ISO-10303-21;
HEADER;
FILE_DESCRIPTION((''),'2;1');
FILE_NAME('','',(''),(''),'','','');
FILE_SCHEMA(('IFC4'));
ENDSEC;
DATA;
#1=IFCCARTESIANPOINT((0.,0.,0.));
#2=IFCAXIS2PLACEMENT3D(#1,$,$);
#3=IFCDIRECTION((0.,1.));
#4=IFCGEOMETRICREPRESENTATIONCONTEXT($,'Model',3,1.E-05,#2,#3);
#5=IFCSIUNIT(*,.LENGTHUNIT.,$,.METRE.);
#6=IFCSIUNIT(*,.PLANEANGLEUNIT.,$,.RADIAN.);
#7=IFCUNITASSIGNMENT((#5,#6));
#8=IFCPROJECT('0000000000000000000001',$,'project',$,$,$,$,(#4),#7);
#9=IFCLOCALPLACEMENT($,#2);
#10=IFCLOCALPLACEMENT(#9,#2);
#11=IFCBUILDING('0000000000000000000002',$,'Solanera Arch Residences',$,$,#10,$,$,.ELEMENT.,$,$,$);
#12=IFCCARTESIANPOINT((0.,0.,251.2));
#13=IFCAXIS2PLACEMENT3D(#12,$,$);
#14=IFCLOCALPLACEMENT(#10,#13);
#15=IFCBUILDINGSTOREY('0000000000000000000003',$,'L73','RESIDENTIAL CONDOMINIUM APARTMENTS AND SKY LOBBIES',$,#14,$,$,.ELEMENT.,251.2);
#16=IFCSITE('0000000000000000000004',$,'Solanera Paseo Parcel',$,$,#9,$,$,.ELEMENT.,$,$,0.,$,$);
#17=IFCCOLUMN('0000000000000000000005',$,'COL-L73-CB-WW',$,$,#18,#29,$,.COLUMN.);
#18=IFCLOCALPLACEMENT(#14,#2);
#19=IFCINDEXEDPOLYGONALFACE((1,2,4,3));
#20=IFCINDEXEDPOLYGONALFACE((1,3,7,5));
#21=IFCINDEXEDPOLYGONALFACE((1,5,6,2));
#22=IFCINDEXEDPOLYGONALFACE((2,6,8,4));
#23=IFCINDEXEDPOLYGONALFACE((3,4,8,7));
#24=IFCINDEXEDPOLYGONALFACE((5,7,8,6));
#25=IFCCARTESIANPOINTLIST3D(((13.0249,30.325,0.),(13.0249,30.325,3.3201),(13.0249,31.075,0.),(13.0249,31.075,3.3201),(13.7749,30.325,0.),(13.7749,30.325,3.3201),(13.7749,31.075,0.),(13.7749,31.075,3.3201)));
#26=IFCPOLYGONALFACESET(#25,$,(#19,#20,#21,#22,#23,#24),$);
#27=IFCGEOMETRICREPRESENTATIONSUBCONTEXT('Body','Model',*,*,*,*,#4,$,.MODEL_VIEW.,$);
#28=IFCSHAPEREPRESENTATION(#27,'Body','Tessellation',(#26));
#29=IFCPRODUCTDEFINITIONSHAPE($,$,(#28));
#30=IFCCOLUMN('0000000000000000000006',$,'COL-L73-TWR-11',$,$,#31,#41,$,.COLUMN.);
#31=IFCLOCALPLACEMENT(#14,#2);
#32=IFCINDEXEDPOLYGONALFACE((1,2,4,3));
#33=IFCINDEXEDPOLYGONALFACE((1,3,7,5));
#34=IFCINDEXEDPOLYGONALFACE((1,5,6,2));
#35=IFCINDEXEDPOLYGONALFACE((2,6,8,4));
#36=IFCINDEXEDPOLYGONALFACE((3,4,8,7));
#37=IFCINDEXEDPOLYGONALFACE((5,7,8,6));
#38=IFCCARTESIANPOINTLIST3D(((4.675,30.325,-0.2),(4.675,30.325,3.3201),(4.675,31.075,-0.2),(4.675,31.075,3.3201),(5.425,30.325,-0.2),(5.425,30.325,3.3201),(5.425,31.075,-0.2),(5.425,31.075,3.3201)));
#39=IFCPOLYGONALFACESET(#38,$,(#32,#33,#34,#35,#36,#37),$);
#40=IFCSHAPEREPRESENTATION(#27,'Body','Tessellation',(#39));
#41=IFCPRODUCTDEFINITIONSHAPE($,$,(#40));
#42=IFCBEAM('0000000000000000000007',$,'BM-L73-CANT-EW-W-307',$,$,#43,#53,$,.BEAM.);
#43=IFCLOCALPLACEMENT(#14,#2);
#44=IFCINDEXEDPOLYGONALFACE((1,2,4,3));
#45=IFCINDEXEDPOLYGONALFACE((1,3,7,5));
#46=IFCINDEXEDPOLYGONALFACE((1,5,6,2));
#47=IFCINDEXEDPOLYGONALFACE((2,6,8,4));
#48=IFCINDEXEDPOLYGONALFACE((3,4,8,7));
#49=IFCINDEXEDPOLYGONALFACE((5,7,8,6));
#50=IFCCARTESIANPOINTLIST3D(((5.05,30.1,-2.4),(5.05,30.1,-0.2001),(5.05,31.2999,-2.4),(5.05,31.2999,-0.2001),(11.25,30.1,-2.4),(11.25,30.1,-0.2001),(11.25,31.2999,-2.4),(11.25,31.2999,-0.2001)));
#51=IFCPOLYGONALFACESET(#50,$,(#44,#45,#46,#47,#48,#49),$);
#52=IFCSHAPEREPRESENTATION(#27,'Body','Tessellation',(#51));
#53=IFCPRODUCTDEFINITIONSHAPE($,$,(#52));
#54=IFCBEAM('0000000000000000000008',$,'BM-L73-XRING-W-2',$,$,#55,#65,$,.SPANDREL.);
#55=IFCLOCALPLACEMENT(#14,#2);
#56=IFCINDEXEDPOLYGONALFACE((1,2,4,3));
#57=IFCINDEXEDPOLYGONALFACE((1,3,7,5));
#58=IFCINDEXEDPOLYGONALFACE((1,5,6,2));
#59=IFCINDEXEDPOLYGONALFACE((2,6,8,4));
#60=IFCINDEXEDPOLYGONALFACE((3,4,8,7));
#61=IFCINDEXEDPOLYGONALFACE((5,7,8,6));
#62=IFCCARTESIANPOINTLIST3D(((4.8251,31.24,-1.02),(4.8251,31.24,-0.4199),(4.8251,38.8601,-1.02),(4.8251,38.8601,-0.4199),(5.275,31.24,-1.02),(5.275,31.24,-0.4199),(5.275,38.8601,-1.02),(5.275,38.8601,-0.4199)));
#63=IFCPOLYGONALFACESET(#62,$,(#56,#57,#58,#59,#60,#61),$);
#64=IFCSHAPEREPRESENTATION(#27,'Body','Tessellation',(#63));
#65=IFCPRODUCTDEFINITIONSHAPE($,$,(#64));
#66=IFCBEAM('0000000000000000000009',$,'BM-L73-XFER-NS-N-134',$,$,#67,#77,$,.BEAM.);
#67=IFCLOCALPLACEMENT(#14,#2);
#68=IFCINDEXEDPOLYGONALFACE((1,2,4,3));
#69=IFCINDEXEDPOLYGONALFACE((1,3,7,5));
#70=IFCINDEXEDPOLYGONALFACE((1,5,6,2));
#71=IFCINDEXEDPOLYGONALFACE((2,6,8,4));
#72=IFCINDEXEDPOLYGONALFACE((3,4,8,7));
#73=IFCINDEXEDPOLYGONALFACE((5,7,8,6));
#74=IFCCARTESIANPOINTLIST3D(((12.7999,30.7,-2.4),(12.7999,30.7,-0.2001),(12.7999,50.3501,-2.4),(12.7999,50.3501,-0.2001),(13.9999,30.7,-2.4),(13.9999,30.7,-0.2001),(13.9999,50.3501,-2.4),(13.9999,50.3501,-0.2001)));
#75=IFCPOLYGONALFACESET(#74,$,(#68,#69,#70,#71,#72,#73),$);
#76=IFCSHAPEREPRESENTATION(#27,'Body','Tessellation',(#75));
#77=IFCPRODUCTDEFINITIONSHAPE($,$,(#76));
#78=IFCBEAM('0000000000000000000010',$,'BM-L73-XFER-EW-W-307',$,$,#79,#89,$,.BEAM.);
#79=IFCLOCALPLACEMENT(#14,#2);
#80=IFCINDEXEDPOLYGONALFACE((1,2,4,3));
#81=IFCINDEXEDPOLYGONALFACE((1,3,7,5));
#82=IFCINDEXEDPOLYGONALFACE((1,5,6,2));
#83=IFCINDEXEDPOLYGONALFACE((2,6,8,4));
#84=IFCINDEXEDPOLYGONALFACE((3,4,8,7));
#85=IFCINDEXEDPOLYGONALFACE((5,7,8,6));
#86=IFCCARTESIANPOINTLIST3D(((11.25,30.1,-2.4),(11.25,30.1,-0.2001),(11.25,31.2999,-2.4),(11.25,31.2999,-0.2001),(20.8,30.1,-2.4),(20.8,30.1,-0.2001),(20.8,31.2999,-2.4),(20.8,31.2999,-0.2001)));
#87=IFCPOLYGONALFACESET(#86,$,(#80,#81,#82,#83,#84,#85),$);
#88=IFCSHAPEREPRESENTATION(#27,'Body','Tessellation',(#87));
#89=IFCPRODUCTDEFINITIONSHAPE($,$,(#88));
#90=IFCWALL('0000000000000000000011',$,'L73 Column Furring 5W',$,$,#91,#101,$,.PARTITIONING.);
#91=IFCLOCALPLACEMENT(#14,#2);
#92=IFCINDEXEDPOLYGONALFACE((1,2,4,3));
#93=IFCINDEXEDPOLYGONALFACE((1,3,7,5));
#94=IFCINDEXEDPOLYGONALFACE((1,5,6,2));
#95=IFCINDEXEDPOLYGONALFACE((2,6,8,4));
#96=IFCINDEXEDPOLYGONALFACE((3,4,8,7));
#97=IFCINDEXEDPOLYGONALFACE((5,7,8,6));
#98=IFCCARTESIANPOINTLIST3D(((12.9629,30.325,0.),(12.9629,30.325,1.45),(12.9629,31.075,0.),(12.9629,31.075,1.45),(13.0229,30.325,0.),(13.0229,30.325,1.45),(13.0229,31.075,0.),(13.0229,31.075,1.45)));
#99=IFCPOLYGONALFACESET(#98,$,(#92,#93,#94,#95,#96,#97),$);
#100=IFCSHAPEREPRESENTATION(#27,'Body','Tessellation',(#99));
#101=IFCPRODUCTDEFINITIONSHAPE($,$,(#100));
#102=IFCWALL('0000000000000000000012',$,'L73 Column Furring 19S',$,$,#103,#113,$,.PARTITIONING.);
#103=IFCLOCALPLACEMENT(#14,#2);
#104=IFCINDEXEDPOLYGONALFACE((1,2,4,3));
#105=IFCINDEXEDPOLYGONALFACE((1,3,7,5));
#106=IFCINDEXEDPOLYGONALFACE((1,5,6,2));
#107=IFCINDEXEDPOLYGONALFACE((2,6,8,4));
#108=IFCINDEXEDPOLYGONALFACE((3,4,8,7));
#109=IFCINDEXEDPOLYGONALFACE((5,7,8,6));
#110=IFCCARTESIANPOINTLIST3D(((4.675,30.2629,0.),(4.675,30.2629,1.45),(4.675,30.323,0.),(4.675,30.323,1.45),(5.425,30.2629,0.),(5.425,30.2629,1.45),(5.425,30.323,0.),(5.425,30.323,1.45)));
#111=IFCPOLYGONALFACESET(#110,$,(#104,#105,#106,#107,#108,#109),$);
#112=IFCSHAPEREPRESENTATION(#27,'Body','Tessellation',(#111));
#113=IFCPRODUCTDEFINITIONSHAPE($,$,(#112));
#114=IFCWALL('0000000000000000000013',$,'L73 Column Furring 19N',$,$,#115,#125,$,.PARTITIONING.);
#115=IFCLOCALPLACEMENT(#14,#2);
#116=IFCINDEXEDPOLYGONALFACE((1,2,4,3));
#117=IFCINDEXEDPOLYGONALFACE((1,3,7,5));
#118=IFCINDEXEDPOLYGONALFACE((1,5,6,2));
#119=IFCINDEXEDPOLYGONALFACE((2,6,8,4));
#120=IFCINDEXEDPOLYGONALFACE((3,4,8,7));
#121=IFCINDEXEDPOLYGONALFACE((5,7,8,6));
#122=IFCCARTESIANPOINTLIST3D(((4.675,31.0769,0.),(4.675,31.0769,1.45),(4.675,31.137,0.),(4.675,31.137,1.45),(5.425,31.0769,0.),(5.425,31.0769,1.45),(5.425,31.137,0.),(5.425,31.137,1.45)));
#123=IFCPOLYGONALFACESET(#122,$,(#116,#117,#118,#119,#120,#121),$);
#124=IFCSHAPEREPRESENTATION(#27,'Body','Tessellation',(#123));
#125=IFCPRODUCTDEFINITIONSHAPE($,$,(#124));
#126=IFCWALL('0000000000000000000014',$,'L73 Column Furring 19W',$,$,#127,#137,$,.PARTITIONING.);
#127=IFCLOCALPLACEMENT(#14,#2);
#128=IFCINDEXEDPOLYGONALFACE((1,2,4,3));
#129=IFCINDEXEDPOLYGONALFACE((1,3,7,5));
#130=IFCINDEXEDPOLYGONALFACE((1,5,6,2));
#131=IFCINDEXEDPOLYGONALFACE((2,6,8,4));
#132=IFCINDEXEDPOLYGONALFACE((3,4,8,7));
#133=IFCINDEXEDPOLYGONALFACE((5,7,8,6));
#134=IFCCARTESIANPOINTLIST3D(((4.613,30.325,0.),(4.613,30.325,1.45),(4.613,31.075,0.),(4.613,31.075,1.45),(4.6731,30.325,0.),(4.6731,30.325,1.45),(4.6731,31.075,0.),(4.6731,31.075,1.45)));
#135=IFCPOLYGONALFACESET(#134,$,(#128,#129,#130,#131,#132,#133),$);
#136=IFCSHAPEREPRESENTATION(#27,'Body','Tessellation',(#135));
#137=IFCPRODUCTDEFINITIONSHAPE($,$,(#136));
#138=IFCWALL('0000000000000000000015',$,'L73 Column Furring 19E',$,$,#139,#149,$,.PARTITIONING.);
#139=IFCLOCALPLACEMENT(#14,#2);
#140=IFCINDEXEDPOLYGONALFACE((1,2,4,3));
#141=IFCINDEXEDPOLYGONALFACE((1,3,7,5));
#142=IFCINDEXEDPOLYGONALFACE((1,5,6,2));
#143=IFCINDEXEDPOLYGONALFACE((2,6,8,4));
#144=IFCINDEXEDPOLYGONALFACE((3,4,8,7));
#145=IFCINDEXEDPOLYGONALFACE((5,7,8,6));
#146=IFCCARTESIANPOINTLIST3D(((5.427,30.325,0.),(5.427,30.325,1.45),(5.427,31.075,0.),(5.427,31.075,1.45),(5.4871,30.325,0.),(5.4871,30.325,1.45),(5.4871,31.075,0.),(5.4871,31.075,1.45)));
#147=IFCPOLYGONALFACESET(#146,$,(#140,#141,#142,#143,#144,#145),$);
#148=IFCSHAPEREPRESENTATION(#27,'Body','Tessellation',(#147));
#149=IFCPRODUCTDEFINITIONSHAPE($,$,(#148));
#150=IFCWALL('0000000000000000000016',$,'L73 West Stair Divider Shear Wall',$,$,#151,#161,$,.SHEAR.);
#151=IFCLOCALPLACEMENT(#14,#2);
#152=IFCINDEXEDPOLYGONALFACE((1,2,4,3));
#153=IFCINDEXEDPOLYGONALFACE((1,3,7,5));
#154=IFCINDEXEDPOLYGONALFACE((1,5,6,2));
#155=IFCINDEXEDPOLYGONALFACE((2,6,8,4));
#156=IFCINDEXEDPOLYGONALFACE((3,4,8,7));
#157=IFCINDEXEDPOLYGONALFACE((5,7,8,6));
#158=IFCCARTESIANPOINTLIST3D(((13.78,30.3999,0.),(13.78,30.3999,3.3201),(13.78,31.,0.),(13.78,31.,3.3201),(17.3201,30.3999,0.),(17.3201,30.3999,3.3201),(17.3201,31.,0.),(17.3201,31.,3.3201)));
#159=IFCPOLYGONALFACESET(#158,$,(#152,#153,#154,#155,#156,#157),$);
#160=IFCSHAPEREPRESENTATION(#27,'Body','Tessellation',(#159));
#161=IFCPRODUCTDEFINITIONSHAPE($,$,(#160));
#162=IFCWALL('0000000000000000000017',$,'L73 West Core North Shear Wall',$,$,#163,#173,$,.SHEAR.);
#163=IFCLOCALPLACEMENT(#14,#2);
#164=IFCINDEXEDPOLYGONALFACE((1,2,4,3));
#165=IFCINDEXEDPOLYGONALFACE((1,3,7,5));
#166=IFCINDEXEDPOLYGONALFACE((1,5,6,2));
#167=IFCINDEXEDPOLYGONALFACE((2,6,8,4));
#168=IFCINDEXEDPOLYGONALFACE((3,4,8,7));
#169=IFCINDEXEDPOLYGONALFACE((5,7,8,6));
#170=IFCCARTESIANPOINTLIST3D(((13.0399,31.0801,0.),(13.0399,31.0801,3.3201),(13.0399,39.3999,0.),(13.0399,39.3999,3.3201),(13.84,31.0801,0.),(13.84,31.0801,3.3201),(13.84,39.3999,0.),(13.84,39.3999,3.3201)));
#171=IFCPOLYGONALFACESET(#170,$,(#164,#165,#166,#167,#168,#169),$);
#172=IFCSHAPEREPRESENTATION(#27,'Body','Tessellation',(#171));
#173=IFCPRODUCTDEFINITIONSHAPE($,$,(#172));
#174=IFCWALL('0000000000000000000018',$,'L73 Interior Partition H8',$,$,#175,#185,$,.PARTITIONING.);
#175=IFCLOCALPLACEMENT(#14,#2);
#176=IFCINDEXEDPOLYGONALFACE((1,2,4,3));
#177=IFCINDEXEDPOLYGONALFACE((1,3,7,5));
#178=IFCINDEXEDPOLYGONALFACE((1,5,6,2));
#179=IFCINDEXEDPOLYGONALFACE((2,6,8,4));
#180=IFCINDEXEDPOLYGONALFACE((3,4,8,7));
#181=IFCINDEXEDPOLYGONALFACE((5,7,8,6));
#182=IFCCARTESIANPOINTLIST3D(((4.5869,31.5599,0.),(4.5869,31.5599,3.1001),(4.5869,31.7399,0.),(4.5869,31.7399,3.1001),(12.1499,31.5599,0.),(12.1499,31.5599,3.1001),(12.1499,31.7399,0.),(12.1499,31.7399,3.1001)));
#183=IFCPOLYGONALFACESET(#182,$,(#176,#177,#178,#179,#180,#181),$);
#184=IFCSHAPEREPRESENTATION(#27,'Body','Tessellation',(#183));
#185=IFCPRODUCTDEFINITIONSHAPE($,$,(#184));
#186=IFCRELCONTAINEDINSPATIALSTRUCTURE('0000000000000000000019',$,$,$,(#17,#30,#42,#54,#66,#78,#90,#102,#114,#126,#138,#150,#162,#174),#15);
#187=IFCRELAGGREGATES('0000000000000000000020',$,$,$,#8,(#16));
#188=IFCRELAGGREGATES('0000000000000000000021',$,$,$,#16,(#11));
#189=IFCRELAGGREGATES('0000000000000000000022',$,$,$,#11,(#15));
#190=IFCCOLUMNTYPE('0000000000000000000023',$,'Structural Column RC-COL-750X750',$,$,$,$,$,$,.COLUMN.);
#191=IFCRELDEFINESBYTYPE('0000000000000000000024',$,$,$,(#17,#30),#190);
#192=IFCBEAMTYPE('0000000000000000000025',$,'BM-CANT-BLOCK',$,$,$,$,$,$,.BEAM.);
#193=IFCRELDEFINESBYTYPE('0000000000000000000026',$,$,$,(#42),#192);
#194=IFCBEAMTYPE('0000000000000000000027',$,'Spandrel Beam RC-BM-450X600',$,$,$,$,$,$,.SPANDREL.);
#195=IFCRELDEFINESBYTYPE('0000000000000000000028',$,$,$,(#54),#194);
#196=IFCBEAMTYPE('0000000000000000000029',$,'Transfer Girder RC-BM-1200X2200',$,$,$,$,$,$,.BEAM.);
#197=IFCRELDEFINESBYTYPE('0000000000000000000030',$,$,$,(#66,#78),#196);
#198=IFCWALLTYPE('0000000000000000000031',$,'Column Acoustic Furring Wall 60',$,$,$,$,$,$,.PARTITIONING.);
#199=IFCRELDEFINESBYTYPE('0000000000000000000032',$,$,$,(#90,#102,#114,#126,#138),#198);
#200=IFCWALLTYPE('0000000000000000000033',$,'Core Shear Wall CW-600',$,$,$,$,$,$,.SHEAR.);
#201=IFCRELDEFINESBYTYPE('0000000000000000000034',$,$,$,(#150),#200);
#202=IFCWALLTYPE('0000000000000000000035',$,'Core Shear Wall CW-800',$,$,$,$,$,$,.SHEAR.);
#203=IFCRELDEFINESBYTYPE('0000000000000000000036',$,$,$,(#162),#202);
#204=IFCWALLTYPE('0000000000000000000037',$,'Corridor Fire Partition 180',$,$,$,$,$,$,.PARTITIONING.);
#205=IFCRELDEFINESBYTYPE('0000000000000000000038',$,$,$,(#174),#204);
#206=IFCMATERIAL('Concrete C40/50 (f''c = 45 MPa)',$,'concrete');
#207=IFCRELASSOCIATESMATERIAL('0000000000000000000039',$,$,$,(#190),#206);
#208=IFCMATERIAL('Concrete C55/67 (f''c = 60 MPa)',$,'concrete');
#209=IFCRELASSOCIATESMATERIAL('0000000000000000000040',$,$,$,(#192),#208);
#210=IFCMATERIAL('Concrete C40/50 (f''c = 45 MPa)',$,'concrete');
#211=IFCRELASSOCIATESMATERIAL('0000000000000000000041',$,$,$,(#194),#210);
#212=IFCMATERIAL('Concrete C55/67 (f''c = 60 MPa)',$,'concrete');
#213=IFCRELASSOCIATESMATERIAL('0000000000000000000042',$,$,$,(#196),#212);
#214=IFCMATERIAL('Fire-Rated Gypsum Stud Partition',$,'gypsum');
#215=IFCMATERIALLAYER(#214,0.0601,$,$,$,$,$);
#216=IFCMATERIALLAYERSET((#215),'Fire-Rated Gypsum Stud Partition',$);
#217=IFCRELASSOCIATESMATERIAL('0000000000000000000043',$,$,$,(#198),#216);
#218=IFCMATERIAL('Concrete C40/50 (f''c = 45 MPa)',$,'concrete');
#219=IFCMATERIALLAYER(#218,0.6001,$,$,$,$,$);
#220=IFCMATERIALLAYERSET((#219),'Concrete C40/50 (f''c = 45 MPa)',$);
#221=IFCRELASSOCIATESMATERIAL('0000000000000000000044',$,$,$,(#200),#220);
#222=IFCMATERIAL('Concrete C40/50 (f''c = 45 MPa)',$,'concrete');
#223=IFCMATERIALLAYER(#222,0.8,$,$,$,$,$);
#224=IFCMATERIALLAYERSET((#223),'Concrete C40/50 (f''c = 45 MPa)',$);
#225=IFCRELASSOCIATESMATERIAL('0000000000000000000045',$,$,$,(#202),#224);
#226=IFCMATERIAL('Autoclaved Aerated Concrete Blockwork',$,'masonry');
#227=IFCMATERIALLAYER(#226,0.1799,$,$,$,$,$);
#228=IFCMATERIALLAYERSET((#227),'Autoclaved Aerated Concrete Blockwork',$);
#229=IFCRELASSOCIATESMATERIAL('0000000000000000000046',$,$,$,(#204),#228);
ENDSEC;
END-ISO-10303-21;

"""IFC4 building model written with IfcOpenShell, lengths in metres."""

from ifc_helpers import new_model, si_unit, direction, frame, frame_2d, origin, origin_2d, place, context, subcontext, project, spatial, rectangle, extrude, material, layer, layer_set, material_profile, profile_set, type_object, element, save


model = new_model("IFC4")

# Units and contexts
model_context = context("Model", 3, precision=1e-05, world=origin(), true_north=direction((0.0, 1.0)))
body_context = subcontext(model_context, "Body", "Model", "MODEL_VIEW")
ifc_project = project(units=[si_unit("LENGTHUNIT", "METRE"), si_unit("PLANEANGLEUNIT", "RADIAN")], contexts=[model_context])

# Site, building, storey
site_placement = place(None, origin())
site = spatial("IfcSite", under=ifc_project, at=site_placement, Name="Solanera Paseo Parcel", CompositionType="ELEMENT", RefElevation=0.0)
building_placement = place(site_placement, origin())
building = spatial("IfcBuilding", under=site, at=building_placement, Name="Solanera Arch Residences", CompositionType="ELEMENT")
storey_placement = place(building_placement, frame((0.0, 0.0, 251.2)))
storey = spatial("IfcBuildingStorey", under=building, at=storey_placement, Name="L73", Description="RESIDENTIAL CONDOMINIUM APARTMENTS AND SKY LOBBIES", CompositionType="ELEMENT", Elevation=251.2)

# Columns
ifc_material_1 = material(Name="Concrete C40/50 (f'c = 45 MPa)", Category="concrete")
ifc_material_profile_1 = material_profile(ifc_material_1, rectangle(XDim=0.75, YDim=0.75, at=origin_2d()))
ifc_profile_set_1 = profile_set([ifc_material_profile_1], Name="Concrete C40/50 (f'c = 45 MPa)")
column_type = type_object("IfcColumnType", Name="Structural Column RC-COL-750X750", PredefinedType="COLUMN", material=ifc_profile_set_1)
column_1_placement = place(storey_placement, frame((13.3999, 30.7, 0.0), z_axis=(0.0, 0.0, 1.0), x_axis=(1.0, 0.0, 0.0)))
element("IfcColumn", 1, at=column_1_placement, inside=storey, type_object=column_type, Name="COL-L73-CB-WW", PredefinedType="COLUMN", context=body_context, shape_type="SweptSolid", body=[
    extrude(rectangle(XDim=0.75, YDim=0.75, at=origin_2d()), origin(), (0.0, 0.0, 1.0), 3.3201),
])
column_2_placement = place(storey_placement, frame((5.05, 30.7, -0.2), z_axis=(0.0, 0.0, 1.0), x_axis=(1.0, 0.0, 0.0)))
element("IfcColumn", 2, at=column_2_placement, inside=storey, type_object=column_type, Name="COL-L73-TWR-11", PredefinedType="COLUMN", context=body_context, shape_type="SweptSolid", body=[
    extrude(rectangle(XDim=0.75, YDim=0.75, at=origin_2d()), origin(), (0.0, 0.0, 1.0), 3.52),
])

# Beams
ifc_material_2 = material(Name="Concrete C55/67 (f'c = 60 MPa)", Category="concrete")
ifc_material_profile_2 = material_profile(ifc_material_2, rectangle(XDim=1.2, YDim=2.2, at=origin_2d()))
ifc_profile_set_2 = profile_set([ifc_material_profile_2], Name="Concrete C55/67 (f'c = 60 MPa)")
beam_type_1 = type_object("IfcBeamType", Name="BM-CANT-BLOCK", PredefinedType="BEAM", material=ifc_profile_set_2)
beam_1_placement = place(storey_placement, frame((5.05, 30.7, -1.3), z_axis=(1.0, 0.0, 0.0), x_axis=(0.0, 1.0, 0.0)))
element("IfcBeam", 3, at=beam_1_placement, inside=storey, type_object=beam_type_1, Name="BM-L73-CANT-EW-W-307", PredefinedType="BEAM", context=body_context, shape_type="SweptSolid", body=[
    extrude(rectangle(XDim=1.2, YDim=2.2, at=origin_2d()), origin(), (0.0, 0.0, 1.0), 6.2),
])
ifc_material_3 = material(Name="Concrete C40/50 (f'c = 45 MPa)", Category="concrete")
ifc_material_profile_3 = material_profile(ifc_material_3, rectangle(XDim=0.45, YDim=0.6001, at=origin_2d()))
ifc_profile_set_3 = profile_set([ifc_material_profile_3], Name="Concrete C40/50 (f'c = 45 MPa)")
beam_type_2 = type_object("IfcBeamType", Name="Spandrel Beam RC-BM-450X600", PredefinedType="SPANDREL", material=ifc_profile_set_3)
beam_2_placement = place(storey_placement, frame((5.05, 31.24, -0.72), z_axis=(0.0, 1.0, 0.0), x_axis=(-1.0, 0.0, 0.0)))
element("IfcBeam", 4, at=beam_2_placement, inside=storey, type_object=beam_type_2, Name="BM-L73-XRING-W-2", PredefinedType="SPANDREL", context=body_context, shape_type="SweptSolid", body=[
    extrude(rectangle(XDim=0.45, YDim=0.6001, at=origin_2d()), origin(), (0.0, 0.0, 1.0), 7.6201),
])
ifc_material_4 = material(Name="Concrete C55/67 (f'c = 60 MPa)", Category="concrete")
ifc_material_profile_4 = material_profile(ifc_material_4, rectangle(XDim=1.2, YDim=2.2, at=origin_2d()))
ifc_profile_set_4 = profile_set([ifc_material_profile_4], Name="Concrete C55/67 (f'c = 60 MPa)")
beam_type_3 = type_object("IfcBeamType", Name="Transfer Girder RC-BM-1200X2200", PredefinedType="BEAM", material=ifc_profile_set_4)
beam_3_placement = place(storey_placement, frame((13.3999, 30.7, -1.3), z_axis=(0.0, 1.0, 0.0), x_axis=(-1.0, 0.0, 0.0)))
element("IfcBeam", 5, at=beam_3_placement, inside=storey, type_object=beam_type_3, Name="BM-L73-XFER-NS-N-134", PredefinedType="BEAM", context=body_context, shape_type="SweptSolid", body=[
    extrude(rectangle(XDim=1.2, YDim=2.2, at=origin_2d()), origin(), (0.0, 0.0, 1.0), 19.6501),
])
beam_4_placement = place(storey_placement, frame((11.25, 30.7, -1.3), z_axis=(1.0, 0.0, 0.0), x_axis=(0.0, 1.0, 0.0)))
element("IfcBeam", 6, at=beam_4_placement, inside=storey, type_object=beam_type_3, Name="BM-L73-XFER-EW-W-307", PredefinedType="BEAM", context=body_context, shape_type="SweptSolid", body=[
    extrude(rectangle(XDim=1.2, YDim=2.2, at=origin_2d()), origin(), (0.0, 0.0, 1.0), 9.55),
])

# Walls
ifc_material_5 = material(Name="Fire-Rated Gypsum Stud Partition", Category="gypsum")
ifc_layer_1 = layer(ifc_material_5, 0.0601)
ifc_layer_set_1 = layer_set([ifc_layer_1], Name="Fire-Rated Gypsum Stud Partition")
wall_type_1 = type_object("IfcWallType", Name="Column Acoustic Furring Wall 60", PredefinedType="PARTITIONING", material=ifc_layer_set_1)
for number, where, z_axis, x_axis, name in (
    (7, (12.9929, 30.325, 0.0), (0.0, 0.0, 1.0), (0.0, 1.0, 0.0), "L73 Column Furring 5W"),
    (8, (4.675, 30.293, 0.0), (0.0, 0.0, 1.0), (1.0, 0.0, 0.0), "L73 Column Furring 19S"),
    (9, (4.675, 31.1069, 0.0), (0.0, 0.0, 1.0), (1.0, 0.0, 0.0), "L73 Column Furring 19N"),
    (10, (4.6431, 30.325, 0.0), (0.0, 0.0, 1.0), (0.0, 1.0, 0.0), "L73 Column Furring 19W"),
    (11, (5.457, 30.325, 0.0), (0.0, 0.0, 1.0), (0.0, 1.0, 0.0), "L73 Column Furring 19E"),
):
    element("IfcWall", number, at=place(storey_placement, frame(where, z_axis=z_axis, x_axis=x_axis)), inside=storey, type_object=wall_type_1, Name=name, PredefinedType="PARTITIONING", context=body_context, shape_type="SweptSolid", body=[
        extrude(rectangle(XDim=0.75, YDim=0.0601, at=frame_2d((0.375, 0.0))), origin(), (0.0, 0.0, 1.0), 1.45),
    ])
ifc_material_6 = material(Name="Concrete C40/50 (f'c = 45 MPa)", Category="concrete")
ifc_layer_2 = layer(ifc_material_6, 0.6001)
ifc_layer_set_2 = layer_set([ifc_layer_2], Name="Concrete C40/50 (f'c = 45 MPa)")
wall_type_2 = type_object("IfcWallType", Name="Core Shear Wall CW-600", PredefinedType="SHEAR", material=ifc_layer_set_2)
wall_1_placement = place(storey_placement, frame((13.78, 30.7, 0.0), z_axis=(0.0, 0.0, 1.0), x_axis=(1.0, 0.0, 0.0)))
element("IfcWall", 12, at=wall_1_placement, inside=storey, type_object=wall_type_2, Name="L73 West Stair Divider Shear Wall", PredefinedType="SHEAR", context=body_context, shape_type="SweptSolid", body=[
    extrude(rectangle(XDim=3.54, YDim=0.6001, at=frame_2d((1.77, 0.0))), origin(), (0.0, 0.0, 1.0), 3.3201),
])
ifc_material_7 = material(Name="Concrete C40/50 (f'c = 45 MPa)", Category="concrete")
ifc_layer_3 = layer(ifc_material_7, 0.8)
ifc_layer_set_3 = layer_set([ifc_layer_3], Name="Concrete C40/50 (f'c = 45 MPa)")
wall_type_3 = type_object("IfcWallType", Name="Core Shear Wall CW-800", PredefinedType="SHEAR", material=ifc_layer_set_3)
wall_2_placement = place(storey_placement, frame((13.4399, 31.0801, 0.0), z_axis=(0.0, 0.0, 1.0), x_axis=(0.0, 1.0, 0.0)))
element("IfcWall", 13, at=wall_2_placement, inside=storey, type_object=wall_type_3, Name="L73 West Core North Shear Wall", PredefinedType="SHEAR", context=body_context, shape_type="SweptSolid", body=[
    extrude(rectangle(XDim=8.3198, YDim=0.8, at=frame_2d((4.1599, 0.0))), origin(), (0.0, 0.0, 1.0), 3.3201),
])
ifc_material_8 = material(Name="Autoclaved Aerated Concrete Blockwork", Category="masonry")
ifc_layer_4 = layer(ifc_material_8, 0.1799)
ifc_layer_set_4 = layer_set([ifc_layer_4], Name="Autoclaved Aerated Concrete Blockwork")
wall_type_4 = type_object("IfcWallType", Name="Corridor Fire Partition 180", PredefinedType="PARTITIONING", material=ifc_layer_set_4)
wall_3_placement = place(storey_placement, frame((4.5869, 31.6499, 0.0), z_axis=(0.0, 0.0, 1.0), x_axis=(1.0, 0.0, 0.0)))
element("IfcWall", 14, at=wall_3_placement, inside=storey, type_object=wall_type_4, Name="L73 Interior Partition H8", PredefinedType="PARTITIONING", context=body_context, shape_type="SweptSolid", body=[
    extrude(rectangle(XDim=7.563, YDim=0.1799, at=frame_2d((3.7815, 0.0))), origin(), (0.0, 0.0, 1.0), 3.1001),
])

save(model, "model.ifc")
